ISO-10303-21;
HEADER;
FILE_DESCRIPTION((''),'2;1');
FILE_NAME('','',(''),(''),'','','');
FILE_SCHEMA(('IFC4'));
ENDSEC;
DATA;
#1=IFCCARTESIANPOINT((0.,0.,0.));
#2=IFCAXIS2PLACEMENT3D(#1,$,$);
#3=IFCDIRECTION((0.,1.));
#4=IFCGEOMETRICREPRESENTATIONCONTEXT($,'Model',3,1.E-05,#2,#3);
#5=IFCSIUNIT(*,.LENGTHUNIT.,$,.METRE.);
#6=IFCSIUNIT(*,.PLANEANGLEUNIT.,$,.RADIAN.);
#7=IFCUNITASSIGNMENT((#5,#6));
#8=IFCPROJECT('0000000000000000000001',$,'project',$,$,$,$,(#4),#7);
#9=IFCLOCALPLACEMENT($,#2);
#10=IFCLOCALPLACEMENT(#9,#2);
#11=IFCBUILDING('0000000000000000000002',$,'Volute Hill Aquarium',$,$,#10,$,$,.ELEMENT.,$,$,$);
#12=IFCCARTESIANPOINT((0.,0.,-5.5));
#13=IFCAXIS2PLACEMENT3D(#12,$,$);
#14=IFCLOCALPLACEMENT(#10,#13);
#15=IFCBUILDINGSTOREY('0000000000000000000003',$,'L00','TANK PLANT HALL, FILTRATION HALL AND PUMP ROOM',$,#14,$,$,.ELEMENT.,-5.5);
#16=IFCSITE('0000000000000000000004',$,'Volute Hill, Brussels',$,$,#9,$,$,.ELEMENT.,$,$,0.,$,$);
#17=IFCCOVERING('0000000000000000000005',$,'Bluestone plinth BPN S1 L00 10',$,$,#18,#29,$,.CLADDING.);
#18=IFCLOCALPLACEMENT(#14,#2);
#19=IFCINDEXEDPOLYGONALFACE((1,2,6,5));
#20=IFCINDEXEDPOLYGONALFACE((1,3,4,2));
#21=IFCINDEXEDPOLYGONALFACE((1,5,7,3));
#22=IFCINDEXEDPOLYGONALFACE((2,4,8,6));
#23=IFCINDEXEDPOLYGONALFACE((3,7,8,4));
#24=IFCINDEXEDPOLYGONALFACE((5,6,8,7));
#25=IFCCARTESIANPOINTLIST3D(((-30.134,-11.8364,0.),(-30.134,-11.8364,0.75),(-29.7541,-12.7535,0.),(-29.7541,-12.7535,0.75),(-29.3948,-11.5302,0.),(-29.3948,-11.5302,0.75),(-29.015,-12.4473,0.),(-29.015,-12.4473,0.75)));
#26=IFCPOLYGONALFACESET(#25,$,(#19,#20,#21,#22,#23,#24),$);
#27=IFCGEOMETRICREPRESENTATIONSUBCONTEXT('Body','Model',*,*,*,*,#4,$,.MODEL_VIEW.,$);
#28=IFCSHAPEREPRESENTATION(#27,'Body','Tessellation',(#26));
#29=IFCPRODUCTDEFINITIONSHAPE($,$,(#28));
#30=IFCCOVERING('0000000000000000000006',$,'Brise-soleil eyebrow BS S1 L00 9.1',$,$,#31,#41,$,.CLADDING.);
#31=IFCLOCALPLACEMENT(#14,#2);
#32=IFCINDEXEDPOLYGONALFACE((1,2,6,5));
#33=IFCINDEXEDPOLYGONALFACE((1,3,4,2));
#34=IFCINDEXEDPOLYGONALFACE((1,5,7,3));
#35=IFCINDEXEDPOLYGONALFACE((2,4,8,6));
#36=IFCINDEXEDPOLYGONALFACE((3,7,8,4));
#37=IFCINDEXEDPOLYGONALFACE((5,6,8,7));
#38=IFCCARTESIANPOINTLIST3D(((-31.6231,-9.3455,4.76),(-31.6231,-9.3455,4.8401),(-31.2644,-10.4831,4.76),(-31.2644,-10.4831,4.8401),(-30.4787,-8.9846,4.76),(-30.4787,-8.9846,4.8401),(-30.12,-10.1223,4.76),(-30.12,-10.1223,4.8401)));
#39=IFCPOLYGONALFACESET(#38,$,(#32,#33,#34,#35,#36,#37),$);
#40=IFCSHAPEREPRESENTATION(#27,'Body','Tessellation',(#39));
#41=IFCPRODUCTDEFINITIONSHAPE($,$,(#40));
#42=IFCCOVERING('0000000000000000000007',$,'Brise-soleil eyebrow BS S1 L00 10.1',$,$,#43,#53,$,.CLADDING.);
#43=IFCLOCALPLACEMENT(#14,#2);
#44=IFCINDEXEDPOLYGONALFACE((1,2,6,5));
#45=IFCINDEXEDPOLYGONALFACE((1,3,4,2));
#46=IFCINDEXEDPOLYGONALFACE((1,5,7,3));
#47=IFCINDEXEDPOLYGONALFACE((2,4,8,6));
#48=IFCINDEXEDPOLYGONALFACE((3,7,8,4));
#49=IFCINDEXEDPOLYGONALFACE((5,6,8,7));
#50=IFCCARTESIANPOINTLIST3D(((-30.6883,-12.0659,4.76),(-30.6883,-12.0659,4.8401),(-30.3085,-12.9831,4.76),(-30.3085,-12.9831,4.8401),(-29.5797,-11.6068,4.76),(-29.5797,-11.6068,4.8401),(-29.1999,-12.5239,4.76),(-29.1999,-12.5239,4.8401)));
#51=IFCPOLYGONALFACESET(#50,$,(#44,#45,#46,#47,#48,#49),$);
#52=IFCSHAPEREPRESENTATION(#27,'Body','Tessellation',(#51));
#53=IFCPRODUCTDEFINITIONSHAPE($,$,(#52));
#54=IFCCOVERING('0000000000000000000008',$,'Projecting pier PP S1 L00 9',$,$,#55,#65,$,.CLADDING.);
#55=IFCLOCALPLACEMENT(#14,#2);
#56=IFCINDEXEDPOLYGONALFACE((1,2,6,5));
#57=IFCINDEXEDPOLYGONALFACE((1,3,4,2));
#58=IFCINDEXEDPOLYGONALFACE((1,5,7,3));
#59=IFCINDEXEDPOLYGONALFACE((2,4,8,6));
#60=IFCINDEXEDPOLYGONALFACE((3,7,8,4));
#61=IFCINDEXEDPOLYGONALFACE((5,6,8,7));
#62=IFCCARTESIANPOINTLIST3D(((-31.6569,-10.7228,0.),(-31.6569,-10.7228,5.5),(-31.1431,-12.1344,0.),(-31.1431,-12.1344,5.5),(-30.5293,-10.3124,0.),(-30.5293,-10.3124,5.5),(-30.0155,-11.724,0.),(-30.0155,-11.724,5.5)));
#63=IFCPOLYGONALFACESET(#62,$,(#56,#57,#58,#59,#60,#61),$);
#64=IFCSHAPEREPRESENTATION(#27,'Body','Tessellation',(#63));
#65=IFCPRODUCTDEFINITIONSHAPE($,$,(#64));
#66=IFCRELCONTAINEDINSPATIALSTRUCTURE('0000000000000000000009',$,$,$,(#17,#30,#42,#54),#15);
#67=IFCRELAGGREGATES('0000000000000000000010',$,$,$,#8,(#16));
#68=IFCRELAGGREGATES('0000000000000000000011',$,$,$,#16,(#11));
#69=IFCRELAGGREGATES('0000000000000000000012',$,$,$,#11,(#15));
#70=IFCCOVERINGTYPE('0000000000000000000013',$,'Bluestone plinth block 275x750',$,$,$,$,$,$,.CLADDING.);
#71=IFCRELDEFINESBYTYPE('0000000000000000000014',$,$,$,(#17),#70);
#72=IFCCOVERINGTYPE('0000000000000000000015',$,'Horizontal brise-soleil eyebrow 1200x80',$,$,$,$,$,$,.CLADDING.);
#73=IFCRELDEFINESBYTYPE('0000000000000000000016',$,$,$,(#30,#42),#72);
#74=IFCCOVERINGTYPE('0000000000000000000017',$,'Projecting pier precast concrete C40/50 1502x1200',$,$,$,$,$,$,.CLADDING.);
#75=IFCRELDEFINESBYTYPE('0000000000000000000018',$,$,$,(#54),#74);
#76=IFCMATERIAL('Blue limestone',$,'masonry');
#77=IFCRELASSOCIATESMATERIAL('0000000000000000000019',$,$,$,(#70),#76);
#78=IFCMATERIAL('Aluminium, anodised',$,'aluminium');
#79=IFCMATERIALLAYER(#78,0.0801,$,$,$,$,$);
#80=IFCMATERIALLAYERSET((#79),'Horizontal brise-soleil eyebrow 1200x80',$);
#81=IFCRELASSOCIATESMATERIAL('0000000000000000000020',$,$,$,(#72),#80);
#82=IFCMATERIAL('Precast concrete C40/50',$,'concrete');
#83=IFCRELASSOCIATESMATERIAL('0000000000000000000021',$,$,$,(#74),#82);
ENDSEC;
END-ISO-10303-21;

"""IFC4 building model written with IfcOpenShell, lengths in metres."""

from ifc_helpers import new_model, si_unit, direction, frame, origin, origin_2d, place, context, subcontext, project, spatial, rectangle, extrude, material, layer, layer_set, type_object, element, save


model = new_model("IFC4")

# Units and contexts
model_context = context("Model", 3, precision=1e-05, world=origin(), true_north=direction((0.0, 1.0)))
body_context = subcontext(model_context, "Body", "Model", "MODEL_VIEW")
ifc_project = project(units=[si_unit("LENGTHUNIT", "METRE"), si_unit("PLANEANGLEUNIT", "RADIAN")], contexts=[model_context])

# Site, building, storey
site_placement = place(None, origin())
site = spatial("IfcSite", under=ifc_project, at=site_placement, Name="Volute Hill, Brussels", CompositionType="ELEMENT", RefElevation=0.0)
building_placement = place(site_placement, origin())
building = spatial("IfcBuilding", under=site, at=building_placement, Name="Volute Hill Aquarium", CompositionType="ELEMENT")
storey_placement = place(building_placement, frame((0.0, 0.0, -5.5)))
storey = spatial("IfcBuildingStorey", under=building, at=storey_placement, Name="L00", Description="TANK PLANT HALL, FILTRATION HALL AND PUMP ROOM", CompositionType="ELEMENT", Elevation=-5.5)

# Coverings
ifc_material_1 = material(Name="Blue limestone", Category="masonry")
covering_type_1 = type_object("IfcCoveringType", Name="Bluestone plinth block 275x750", PredefinedType="CLADDING", material=ifc_material_1)
covering_1_placement = place(storey_placement, frame((-29.5745, -12.1418, 0.0), z_axis=(0.0, 0.0, 1.0), x_axis=(0.382662, -0.923889, 0.0)))
element("IfcCovering", 1, at=covering_1_placement, inside=storey, type_object=covering_type_1, Name="Bluestone plinth BPN S1 L00 10", PredefinedType="CLADDING", context=body_context, shape_type="SweptSolid", body=[
    extrude(rectangle(XDim=0.9927, YDim=0.8, at=origin_2d()), origin(), (0.0, 0.0, 1.0), 0.75),
])
ifc_material_2 = material(Name="Aluminium, anodised", Category="aluminium")
ifc_layer_1 = layer(ifc_material_2, 0.0801)
ifc_layer_set_1 = layer_set([ifc_layer_1], Name="Horizontal brise-soleil eyebrow 1200x80")
covering_type_2 = type_object("IfcCoveringType", Name="Horizontal brise-soleil eyebrow 1200x80", PredefinedType="CLADDING", material=ifc_layer_set_1)
covering_2_placement = place(storey_placement, frame((-30.8716, -9.7339, 4.76), z_axis=(0.0, 0.0, 1.0), x_axis=(0.3007, -0.953719, 0.0)))
element("IfcCovering", 2, at=covering_2_placement, inside=storey, type_object=covering_type_2, Name="Brise-soleil eyebrow BS S1 L00 9.1", PredefinedType="CLADDING", context=body_context, shape_type="SweptSolid", body=[
    extrude(rectangle(XDim=1.1929, YDim=1.2, at=origin_2d()), origin(), (0.0, 0.0, 1.0), 0.0801),
])
covering_3_placement = place(storey_placement, frame((-29.9441, -12.2949, 4.76), z_axis=(0.0, 0.0, 1.0), x_axis=(0.382662, -0.923889, 0.0)))
element("IfcCovering", 3, at=covering_3_placement, inside=storey, type_object=covering_type_2, Name="Brise-soleil eyebrow BS S1 L00 10.1", PredefinedType="CLADDING", context=body_context, shape_type="SweptSolid", body=[
    extrude(rectangle(XDim=0.9927, YDim=1.2, at=origin_2d()), origin(), (0.0, 0.0, 1.0), 0.0801),
])
ifc_material_3 = material(Name="Precast concrete C40/50", Category="concrete")
covering_type_3 = type_object("IfcCoveringType", Name="Projecting pier precast concrete C40/50 1502x1200", PredefinedType="CLADDING", material=ifc_material_3)
covering_4_placement = place(storey_placement, frame((-30.8362, -11.2234, 0.0), z_axis=(0.0, 0.0, 1.0), x_axis=(0.34202, -0.939693, 0.0)))
element("IfcCovering", 4, at=covering_4_placement, inside=storey, type_object=covering_type_3, Name="Projecting pier PP S1 L00 9", PredefinedType="CLADDING", context=body_context, shape_type="SweptSolid", body=[
    extrude(rectangle(XDim=1.5022, YDim=1.2, at=origin_2d()), origin(), (0.0, 0.0, 1.0), 5.5),
])

save(model, "model.ifc")
